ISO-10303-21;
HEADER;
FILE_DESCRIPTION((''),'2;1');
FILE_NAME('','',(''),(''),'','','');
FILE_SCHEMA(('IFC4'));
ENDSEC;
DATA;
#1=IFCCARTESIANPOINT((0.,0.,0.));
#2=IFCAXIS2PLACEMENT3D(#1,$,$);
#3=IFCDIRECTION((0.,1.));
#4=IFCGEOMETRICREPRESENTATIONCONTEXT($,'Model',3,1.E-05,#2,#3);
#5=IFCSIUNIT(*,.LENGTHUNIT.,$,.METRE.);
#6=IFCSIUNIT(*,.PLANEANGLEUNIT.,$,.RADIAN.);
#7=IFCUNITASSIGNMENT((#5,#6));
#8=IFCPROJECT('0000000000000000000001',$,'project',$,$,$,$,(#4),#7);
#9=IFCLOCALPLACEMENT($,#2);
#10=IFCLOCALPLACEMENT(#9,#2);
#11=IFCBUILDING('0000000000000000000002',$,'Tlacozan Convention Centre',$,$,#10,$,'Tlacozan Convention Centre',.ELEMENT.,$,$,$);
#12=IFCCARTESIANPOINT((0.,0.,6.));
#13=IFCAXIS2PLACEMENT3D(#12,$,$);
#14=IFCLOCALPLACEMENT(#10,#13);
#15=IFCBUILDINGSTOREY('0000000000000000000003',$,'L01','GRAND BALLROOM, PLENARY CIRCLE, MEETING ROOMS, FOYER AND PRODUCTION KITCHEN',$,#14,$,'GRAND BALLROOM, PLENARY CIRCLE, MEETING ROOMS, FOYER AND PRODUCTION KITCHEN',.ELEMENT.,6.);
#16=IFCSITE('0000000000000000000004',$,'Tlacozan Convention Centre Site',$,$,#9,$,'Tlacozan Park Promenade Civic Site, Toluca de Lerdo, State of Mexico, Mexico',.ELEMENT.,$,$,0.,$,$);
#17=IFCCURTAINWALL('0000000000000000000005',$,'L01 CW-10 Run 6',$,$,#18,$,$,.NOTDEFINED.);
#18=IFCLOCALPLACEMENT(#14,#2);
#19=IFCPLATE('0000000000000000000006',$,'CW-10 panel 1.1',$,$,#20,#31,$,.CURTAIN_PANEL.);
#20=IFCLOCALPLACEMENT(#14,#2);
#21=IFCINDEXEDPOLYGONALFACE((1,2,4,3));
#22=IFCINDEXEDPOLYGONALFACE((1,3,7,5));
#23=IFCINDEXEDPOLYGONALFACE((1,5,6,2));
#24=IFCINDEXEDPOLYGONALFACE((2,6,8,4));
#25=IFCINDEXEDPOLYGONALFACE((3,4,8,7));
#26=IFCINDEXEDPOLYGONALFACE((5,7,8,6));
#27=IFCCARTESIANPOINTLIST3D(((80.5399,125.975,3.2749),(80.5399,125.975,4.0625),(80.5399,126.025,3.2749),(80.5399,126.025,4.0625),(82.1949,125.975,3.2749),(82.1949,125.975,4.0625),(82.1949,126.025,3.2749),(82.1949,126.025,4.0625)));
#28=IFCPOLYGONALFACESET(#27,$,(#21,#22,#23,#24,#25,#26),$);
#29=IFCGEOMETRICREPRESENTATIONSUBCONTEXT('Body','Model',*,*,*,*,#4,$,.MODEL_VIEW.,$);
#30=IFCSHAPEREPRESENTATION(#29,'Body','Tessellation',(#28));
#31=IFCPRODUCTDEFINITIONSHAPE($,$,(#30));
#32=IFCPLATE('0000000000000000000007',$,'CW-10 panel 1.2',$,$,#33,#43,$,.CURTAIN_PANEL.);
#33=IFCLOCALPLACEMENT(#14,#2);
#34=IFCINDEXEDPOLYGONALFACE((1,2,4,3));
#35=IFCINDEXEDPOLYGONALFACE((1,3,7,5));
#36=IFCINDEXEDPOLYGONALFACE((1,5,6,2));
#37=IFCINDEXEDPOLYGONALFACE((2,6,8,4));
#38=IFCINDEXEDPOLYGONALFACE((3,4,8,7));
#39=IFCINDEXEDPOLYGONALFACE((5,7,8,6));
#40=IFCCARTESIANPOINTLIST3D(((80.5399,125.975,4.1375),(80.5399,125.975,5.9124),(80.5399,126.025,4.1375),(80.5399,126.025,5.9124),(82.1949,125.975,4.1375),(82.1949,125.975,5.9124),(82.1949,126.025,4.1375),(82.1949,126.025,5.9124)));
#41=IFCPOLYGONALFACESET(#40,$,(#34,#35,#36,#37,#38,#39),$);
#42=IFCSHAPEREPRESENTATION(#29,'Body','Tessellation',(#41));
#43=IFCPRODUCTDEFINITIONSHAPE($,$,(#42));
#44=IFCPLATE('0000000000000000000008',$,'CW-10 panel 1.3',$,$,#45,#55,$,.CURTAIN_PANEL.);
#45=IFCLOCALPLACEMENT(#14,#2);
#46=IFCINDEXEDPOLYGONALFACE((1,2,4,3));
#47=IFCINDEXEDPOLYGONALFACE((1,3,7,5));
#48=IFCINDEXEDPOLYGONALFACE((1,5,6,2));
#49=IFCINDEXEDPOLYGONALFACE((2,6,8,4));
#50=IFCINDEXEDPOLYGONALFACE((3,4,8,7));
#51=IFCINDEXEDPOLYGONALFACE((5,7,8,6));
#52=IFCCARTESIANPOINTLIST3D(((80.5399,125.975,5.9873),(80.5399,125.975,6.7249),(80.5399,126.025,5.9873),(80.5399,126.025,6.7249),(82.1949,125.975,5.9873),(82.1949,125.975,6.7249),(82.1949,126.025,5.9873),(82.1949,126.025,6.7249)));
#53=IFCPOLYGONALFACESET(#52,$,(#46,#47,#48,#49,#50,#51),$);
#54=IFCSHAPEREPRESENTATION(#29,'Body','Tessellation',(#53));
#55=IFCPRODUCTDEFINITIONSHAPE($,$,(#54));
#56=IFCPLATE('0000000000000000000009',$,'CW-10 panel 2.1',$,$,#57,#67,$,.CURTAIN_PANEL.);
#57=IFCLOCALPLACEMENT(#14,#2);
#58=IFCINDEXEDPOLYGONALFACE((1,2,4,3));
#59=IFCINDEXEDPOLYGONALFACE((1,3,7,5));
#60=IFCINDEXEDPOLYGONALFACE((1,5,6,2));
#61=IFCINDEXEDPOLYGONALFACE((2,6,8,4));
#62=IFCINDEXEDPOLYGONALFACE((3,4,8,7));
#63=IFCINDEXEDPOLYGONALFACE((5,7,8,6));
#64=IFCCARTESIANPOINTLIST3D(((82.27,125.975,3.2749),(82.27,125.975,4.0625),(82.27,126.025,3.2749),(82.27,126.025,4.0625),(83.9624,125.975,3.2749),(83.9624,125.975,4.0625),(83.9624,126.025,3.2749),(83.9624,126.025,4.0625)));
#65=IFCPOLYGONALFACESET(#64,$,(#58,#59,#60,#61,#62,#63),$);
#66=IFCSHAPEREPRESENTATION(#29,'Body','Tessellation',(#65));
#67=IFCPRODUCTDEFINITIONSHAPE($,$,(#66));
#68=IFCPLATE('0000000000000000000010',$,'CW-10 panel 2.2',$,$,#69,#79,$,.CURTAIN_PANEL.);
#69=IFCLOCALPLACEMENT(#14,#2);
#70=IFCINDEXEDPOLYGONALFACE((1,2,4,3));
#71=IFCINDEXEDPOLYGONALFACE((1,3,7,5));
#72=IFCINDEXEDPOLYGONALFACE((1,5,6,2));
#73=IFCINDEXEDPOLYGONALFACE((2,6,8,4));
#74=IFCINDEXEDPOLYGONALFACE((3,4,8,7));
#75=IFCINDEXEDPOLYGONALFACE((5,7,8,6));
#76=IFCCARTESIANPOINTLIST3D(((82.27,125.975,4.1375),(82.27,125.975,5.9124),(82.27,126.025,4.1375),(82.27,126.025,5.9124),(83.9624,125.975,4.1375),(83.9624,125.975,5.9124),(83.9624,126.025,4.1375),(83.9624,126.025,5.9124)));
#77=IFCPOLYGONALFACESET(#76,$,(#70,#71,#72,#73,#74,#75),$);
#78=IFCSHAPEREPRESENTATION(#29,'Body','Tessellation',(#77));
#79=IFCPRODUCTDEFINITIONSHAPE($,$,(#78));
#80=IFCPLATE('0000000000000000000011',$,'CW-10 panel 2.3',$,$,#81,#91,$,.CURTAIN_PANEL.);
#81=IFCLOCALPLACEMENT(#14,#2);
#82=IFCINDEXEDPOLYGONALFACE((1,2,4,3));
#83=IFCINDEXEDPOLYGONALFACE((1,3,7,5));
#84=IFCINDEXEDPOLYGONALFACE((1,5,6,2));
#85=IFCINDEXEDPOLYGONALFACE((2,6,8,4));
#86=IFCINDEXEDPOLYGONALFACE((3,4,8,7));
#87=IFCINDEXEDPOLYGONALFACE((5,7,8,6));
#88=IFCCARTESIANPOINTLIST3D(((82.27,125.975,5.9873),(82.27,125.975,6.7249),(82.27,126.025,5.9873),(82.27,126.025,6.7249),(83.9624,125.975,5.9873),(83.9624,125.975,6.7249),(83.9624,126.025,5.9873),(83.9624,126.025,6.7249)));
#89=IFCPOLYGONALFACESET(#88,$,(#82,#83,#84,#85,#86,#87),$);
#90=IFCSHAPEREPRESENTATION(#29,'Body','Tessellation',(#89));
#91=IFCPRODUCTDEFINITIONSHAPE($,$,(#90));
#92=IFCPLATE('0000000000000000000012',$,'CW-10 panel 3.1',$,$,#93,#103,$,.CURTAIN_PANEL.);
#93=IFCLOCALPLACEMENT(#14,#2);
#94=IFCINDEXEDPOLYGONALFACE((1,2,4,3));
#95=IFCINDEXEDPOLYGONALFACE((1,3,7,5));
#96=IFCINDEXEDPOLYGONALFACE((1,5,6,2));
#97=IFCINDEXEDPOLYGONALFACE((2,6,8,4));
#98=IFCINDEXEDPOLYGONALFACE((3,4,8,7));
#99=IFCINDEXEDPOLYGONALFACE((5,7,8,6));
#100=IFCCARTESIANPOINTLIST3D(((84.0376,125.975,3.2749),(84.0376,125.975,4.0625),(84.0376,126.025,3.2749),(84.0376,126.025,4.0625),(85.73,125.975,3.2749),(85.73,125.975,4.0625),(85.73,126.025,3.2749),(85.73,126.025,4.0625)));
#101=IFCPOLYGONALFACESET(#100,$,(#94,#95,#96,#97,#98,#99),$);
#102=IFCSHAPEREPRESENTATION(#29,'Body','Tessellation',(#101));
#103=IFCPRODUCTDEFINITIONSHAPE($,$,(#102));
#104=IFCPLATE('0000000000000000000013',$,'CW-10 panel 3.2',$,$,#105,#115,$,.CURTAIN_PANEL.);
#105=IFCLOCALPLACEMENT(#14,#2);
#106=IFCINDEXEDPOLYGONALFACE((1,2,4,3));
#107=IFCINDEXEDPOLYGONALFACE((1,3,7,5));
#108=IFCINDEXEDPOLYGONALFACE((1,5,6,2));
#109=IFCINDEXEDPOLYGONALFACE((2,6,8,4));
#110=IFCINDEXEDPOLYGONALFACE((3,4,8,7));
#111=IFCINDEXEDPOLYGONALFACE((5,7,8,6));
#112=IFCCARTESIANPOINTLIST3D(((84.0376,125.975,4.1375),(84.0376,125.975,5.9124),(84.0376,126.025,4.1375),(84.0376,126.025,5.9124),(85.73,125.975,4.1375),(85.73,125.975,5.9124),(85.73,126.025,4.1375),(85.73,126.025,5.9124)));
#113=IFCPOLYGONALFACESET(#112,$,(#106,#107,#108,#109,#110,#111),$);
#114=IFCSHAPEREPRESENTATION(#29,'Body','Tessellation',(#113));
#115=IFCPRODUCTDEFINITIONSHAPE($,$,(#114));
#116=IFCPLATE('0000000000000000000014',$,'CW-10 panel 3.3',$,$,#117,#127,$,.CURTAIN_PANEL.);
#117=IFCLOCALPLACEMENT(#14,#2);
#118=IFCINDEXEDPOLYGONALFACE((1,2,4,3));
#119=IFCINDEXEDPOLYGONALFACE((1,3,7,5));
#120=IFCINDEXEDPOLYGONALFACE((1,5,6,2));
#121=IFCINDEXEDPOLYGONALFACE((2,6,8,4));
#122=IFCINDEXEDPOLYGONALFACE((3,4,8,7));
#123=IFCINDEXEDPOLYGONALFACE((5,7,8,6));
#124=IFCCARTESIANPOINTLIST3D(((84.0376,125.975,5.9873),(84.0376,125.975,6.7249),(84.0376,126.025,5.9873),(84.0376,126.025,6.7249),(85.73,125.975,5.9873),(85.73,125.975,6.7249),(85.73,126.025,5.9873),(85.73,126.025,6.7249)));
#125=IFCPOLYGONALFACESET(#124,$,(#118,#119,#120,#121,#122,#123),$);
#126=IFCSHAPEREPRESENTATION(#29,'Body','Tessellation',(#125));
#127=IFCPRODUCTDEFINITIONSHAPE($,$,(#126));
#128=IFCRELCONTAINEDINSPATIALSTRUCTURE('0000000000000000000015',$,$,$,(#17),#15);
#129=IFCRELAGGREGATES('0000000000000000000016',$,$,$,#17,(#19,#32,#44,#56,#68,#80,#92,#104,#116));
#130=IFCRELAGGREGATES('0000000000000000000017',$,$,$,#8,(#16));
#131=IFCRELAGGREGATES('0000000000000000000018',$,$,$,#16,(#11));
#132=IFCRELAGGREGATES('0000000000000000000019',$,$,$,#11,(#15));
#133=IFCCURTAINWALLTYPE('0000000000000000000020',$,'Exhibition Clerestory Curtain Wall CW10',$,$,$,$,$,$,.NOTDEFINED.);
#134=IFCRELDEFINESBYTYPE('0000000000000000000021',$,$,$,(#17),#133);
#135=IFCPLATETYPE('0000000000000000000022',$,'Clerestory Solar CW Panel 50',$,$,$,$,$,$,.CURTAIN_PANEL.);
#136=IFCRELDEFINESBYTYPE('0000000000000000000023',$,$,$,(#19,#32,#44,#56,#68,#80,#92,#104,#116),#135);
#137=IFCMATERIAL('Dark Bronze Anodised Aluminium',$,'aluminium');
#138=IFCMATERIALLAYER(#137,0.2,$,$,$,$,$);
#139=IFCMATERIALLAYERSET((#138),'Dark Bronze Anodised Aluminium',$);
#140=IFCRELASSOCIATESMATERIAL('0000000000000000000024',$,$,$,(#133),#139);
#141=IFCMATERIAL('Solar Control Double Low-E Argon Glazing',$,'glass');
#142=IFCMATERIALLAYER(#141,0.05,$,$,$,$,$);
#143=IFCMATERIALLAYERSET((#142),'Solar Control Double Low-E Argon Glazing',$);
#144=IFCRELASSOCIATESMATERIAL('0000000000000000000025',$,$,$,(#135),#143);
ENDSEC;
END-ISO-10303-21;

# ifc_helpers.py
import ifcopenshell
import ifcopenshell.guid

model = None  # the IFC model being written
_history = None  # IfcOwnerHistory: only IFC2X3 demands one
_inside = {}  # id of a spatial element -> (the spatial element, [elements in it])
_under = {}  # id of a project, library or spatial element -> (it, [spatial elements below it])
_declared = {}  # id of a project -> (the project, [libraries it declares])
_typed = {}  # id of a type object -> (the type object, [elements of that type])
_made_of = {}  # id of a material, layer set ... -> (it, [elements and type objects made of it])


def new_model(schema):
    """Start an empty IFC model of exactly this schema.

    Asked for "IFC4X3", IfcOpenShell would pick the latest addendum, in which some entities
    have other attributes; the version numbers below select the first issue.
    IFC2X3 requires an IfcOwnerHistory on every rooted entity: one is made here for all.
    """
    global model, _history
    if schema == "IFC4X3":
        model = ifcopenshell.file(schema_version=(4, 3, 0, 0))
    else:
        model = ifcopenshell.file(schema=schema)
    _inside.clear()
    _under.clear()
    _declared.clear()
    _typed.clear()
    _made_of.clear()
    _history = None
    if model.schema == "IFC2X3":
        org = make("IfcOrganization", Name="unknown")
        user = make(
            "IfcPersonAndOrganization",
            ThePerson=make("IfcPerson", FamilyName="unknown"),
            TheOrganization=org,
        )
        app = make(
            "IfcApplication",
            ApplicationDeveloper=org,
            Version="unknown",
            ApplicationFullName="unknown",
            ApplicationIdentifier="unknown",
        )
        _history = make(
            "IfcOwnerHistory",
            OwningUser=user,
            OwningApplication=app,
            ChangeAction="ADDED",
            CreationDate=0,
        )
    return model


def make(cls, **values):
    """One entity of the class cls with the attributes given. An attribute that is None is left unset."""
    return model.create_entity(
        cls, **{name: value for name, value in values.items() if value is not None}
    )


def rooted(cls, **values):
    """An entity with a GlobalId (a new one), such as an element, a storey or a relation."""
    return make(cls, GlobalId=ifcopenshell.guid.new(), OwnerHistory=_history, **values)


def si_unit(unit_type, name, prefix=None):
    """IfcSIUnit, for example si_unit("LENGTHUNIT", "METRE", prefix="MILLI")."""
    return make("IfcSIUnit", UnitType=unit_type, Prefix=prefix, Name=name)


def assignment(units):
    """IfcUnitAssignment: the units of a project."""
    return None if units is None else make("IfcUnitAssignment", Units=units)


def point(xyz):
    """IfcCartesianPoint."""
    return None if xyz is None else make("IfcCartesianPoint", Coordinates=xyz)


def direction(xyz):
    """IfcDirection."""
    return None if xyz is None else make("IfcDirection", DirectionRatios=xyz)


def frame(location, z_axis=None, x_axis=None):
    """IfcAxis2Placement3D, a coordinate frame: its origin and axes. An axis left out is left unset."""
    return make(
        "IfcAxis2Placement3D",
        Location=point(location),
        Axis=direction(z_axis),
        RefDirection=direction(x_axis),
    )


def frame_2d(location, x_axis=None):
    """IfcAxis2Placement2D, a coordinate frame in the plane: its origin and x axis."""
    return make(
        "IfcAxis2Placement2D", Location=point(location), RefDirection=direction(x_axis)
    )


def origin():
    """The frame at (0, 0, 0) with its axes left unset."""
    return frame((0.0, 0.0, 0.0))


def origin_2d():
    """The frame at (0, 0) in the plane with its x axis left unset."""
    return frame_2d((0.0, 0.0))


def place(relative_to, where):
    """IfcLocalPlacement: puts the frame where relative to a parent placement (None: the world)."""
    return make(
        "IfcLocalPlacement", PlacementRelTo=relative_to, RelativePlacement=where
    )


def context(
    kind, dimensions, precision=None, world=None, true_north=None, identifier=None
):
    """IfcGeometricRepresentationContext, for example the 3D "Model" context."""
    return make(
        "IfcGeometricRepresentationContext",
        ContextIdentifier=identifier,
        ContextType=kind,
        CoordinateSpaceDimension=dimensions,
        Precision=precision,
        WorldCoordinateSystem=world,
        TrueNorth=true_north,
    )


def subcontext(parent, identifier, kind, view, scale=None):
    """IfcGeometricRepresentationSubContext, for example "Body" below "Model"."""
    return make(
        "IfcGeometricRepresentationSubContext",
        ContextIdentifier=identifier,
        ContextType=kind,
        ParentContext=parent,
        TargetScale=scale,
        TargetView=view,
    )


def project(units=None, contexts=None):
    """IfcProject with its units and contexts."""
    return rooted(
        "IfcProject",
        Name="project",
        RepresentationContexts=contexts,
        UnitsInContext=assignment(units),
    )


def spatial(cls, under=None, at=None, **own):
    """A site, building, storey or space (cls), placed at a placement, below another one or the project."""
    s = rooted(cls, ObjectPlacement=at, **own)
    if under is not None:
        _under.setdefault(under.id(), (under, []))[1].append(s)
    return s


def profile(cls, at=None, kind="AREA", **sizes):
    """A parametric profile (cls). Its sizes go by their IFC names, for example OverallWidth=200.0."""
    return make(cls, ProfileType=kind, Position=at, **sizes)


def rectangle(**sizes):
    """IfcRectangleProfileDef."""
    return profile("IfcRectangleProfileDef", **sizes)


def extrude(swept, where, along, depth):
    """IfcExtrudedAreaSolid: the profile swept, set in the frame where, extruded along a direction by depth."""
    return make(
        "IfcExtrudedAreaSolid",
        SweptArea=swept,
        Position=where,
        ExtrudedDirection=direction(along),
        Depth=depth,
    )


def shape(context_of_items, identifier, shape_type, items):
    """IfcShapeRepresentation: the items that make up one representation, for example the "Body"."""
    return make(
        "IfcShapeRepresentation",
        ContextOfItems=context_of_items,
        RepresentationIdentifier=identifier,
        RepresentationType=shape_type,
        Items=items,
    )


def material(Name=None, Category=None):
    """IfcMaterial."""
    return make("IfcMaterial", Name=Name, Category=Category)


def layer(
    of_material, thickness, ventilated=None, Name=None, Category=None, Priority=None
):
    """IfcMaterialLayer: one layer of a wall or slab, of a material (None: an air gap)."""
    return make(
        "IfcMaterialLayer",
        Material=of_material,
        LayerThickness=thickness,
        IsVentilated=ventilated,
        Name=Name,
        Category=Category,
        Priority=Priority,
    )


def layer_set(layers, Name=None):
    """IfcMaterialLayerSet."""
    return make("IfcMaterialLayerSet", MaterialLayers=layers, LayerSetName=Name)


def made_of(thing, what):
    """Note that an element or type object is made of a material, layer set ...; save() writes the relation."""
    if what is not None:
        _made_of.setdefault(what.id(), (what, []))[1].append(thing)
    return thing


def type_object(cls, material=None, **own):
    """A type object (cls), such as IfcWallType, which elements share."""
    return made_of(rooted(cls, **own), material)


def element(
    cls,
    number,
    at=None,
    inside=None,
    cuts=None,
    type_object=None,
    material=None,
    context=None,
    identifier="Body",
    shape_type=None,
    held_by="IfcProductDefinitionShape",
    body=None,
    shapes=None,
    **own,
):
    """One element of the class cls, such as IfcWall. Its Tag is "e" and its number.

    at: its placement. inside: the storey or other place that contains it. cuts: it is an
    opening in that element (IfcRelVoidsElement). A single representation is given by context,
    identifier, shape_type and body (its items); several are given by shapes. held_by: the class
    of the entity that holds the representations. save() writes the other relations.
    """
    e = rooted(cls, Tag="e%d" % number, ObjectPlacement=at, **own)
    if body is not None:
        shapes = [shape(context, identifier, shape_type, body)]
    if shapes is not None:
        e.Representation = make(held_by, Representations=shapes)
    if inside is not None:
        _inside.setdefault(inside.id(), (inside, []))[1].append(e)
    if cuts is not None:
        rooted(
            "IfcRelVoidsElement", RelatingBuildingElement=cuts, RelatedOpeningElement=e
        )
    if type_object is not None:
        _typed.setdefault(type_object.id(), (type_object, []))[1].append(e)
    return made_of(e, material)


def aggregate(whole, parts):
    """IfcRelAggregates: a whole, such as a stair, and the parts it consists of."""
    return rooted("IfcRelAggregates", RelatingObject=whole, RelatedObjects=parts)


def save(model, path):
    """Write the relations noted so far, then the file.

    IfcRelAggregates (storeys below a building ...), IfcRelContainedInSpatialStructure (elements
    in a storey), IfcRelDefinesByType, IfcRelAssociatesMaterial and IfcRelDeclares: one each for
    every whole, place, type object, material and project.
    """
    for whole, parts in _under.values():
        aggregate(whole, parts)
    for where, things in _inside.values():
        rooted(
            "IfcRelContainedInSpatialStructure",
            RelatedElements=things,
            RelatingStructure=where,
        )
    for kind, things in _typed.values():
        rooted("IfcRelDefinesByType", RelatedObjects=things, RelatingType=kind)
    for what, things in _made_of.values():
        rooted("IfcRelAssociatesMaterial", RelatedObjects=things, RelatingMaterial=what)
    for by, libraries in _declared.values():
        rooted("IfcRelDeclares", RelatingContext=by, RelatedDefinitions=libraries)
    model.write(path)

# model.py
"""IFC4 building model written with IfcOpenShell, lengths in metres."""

from ifc_helpers import new_model, si_unit, direction, frame, origin, origin_2d, place, context, subcontext, project, spatial, rectangle, extrude, material, layer, layer_set, type_object, element, aggregate, save


model = new_model("IFC4")

# Units and contexts
model_context = context("Model", 3, precision=1e-05, world=origin(), true_north=direction((0.0, 1.0)))
body_context = subcontext(model_context, "Body", "Model", "MODEL_VIEW")
ifc_project = project(units=[si_unit("LENGTHUNIT", "METRE"), si_unit("PLANEANGLEUNIT", "RADIAN")], contexts=[model_context])

# Site, building, storey
site_placement = place(None, origin())
site = spatial("IfcSite", under=ifc_project, at=site_placement, Name="Tlacozan Convention Centre Site", LongName="Tlacozan Park Promenade Civic Site, Toluca de Lerdo, State of Mexico, Mexico", CompositionType="ELEMENT", RefElevation=0.0)
building_placement = place(site_placement, origin())
building = spatial("IfcBuilding", under=site, at=building_placement, Name="Tlacozan Convention Centre", LongName="Tlacozan Convention Centre", CompositionType="ELEMENT")
storey_placement = place(building_placement, frame((0.0, 0.0, 6.0)))
storey = spatial("IfcBuildingStorey", under=building, at=storey_placement, Name="L01", Description="GRAND BALLROOM, PLENARY CIRCLE, MEETING ROOMS, FOYER AND PRODUCTION KITCHEN", LongName="GRAND BALLROOM, PLENARY CIRCLE, MEETING ROOMS, FOYER AND PRODUCTION KITCHEN", CompositionType="ELEMENT", Elevation=6.0)

# Curtain wall, plates
ifc_material_1 = material(Name="Dark Bronze Anodised Aluminium", Category="aluminium")
ifc_layer_1 = layer(ifc_material_1, 0.2)
ifc_layer_set_1 = layer_set([ifc_layer_1], Name="Dark Bronze Anodised Aluminium")
curtain_wall_type = type_object("IfcCurtainWallType", Name="Exhibition Clerestory Curtain Wall CW10", PredefinedType="NOTDEFINED", material=ifc_layer_set_1)
curtain_wall_placement = place(storey_placement, origin())
curtain_wall = element("IfcCurtainWall", 1, at=curtain_wall_placement, inside=storey, type_object=curtain_wall_type, Name="L01 CW-10 Run 6", PredefinedType="NOTDEFINED")
ifc_material_2 = material(Name="Solar Control Double Low-E Argon Glazing", Category="glass")
ifc_layer_2 = layer(ifc_material_2, 0.05)
ifc_layer_set_2 = layer_set([ifc_layer_2], Name="Solar Control Double Low-E Argon Glazing")
plate_type = type_object("IfcPlateType", Name="Clerestory Solar CW Panel 50", PredefinedType="CURTAIN_PANEL", material=ifc_layer_set_2)
plate_1_placement = place(storey_placement, frame((81.3674, 126.0, 3.2749), z_axis=(0.0, 0.0, 1.0), x_axis=(1.0, 0.0, 0.0)))
plate_1 = element("IfcPlate", 2, at=plate_1_placement, type_object=plate_type, Name="CW-10 panel 1.1", PredefinedType="CURTAIN_PANEL", context=body_context, shape_type="SweptSolid", body=[
    extrude(rectangle(XDim=1.655, YDim=0.05, at=origin_2d()), origin(), (0.0, 0.0, 1.0), 0.7876),
])
plate_2_placement = place(storey_placement, frame((81.3674, 126.0, 4.1375), z_axis=(0.0, 0.0, 1.0), x_axis=(1.0, 0.0, 0.0)))
plate_2 = element("IfcPlate", 3, at=plate_2_placement, type_object=plate_type, Name="CW-10 panel 1.2", PredefinedType="CURTAIN_PANEL", context=body_context, shape_type="SweptSolid", body=[
    extrude(rectangle(XDim=1.655, YDim=0.05, at=origin_2d()), origin(), (0.0, 0.0, 1.0), 1.7749),
])
plate_3_placement = place(storey_placement, frame((81.3674, 126.0, 5.9873), z_axis=(0.0, 0.0, 1.0), x_axis=(1.0, 0.0, 0.0)))
plate_3 = element("IfcPlate", 4, at=plate_3_placement, type_object=plate_type, Name="CW-10 panel 1.3", PredefinedType="CURTAIN_PANEL", context=body_context, shape_type="SweptSolid", body=[
    extrude(rectangle(XDim=1.655, YDim=0.05, at=origin_2d()), origin(), (0.0, 0.0, 1.0), 0.7375),
])
plate_4_placement = place(storey_placement, frame((83.1162, 126.0, 3.2749), z_axis=(0.0, 0.0, 1.0), x_axis=(1.0, 0.0, 0.0)))
plate_4 = element("IfcPlate", 5, at=plate_4_placement, type_object=plate_type, Name="CW-10 panel 2.1", PredefinedType="CURTAIN_PANEL", context=body_context, shape_type="SweptSolid", body=[
    extrude(rectangle(XDim=1.6924, YDim=0.05, at=origin_2d()), origin(), (0.0, 0.0, 1.0), 0.7876),
])
plate_5_placement = place(storey_placement, frame((83.1162, 126.0, 4.1375), z_axis=(0.0, 0.0, 1.0), x_axis=(1.0, 0.0, 0.0)))
plate_5 = element("IfcPlate", 6, at=plate_5_placement, type_object=plate_type, Name="CW-10 panel 2.2", PredefinedType="CURTAIN_PANEL", context=body_context, shape_type="SweptSolid", body=[
    extrude(rectangle(XDim=1.6924, YDim=0.05, at=origin_2d()), origin(), (0.0, 0.0, 1.0), 1.7749),
])
plate_6_placement = place(storey_placement, frame((83.1162, 126.0, 5.9873), z_axis=(0.0, 0.0, 1.0), x_axis=(1.0, 0.0, 0.0)))
plate_6 = element("IfcPlate", 7, at=plate_6_placement, type_object=plate_type, Name="CW-10 panel 2.3", PredefinedType="CURTAIN_PANEL", context=body_context, shape_type="SweptSolid", body=[
    extrude(rectangle(XDim=1.6924, YDim=0.05, at=origin_2d()), origin(), (0.0, 0.0, 1.0), 0.7375),
])
plate_7_placement = place(storey_placement, frame((84.8838, 126.0, 3.2749), z_axis=(0.0, 0.0, 1.0), x_axis=(1.0, 0.0, 0.0)))
plate_7 = element("IfcPlate", 8, at=plate_7_placement, type_object=plate_type, Name="CW-10 panel 3.1", PredefinedType="CURTAIN_PANEL", context=body_context, shape_type="SweptSolid", body=[
    extrude(rectangle(XDim=1.6924, YDim=0.05, at=origin_2d()), origin(), (0.0, 0.0, 1.0), 0.7876),
])
plate_8_placement = place(storey_placement, frame((84.8838, 126.0, 4.1375), z_axis=(0.0, 0.0, 1.0), x_axis=(1.0, 0.0, 0.0)))
plate_8 = element("IfcPlate", 9, at=plate_8_placement, type_object=plate_type, Name="CW-10 panel 3.2", PredefinedType="CURTAIN_PANEL", context=body_context, shape_type="SweptSolid", body=[
    extrude(rectangle(XDim=1.6924, YDim=0.05, at=origin_2d()), origin(), (0.0, 0.0, 1.0), 1.7749),
])
plate_9_placement = place(storey_placement, frame((84.8838, 126.0, 5.9873), z_axis=(0.0, 0.0, 1.0), x_axis=(1.0, 0.0, 0.0)))
plate_9 = element("IfcPlate", 10, at=plate_9_placement, type_object=plate_type, Name="CW-10 panel 3.3", PredefinedType="CURTAIN_PANEL", context=body_context, shape_type="SweptSolid", body=[
    extrude(rectangle(XDim=1.6924, YDim=0.05, at=origin_2d()), origin(), (0.0, 0.0, 1.0), 0.7375),
])
aggregate(curtain_wall, [plate_1, plate_2, plate_3, plate_4, plate_5, plate_6, plate_7, plate_8, plate_9])

save(model, "model.ifc")
